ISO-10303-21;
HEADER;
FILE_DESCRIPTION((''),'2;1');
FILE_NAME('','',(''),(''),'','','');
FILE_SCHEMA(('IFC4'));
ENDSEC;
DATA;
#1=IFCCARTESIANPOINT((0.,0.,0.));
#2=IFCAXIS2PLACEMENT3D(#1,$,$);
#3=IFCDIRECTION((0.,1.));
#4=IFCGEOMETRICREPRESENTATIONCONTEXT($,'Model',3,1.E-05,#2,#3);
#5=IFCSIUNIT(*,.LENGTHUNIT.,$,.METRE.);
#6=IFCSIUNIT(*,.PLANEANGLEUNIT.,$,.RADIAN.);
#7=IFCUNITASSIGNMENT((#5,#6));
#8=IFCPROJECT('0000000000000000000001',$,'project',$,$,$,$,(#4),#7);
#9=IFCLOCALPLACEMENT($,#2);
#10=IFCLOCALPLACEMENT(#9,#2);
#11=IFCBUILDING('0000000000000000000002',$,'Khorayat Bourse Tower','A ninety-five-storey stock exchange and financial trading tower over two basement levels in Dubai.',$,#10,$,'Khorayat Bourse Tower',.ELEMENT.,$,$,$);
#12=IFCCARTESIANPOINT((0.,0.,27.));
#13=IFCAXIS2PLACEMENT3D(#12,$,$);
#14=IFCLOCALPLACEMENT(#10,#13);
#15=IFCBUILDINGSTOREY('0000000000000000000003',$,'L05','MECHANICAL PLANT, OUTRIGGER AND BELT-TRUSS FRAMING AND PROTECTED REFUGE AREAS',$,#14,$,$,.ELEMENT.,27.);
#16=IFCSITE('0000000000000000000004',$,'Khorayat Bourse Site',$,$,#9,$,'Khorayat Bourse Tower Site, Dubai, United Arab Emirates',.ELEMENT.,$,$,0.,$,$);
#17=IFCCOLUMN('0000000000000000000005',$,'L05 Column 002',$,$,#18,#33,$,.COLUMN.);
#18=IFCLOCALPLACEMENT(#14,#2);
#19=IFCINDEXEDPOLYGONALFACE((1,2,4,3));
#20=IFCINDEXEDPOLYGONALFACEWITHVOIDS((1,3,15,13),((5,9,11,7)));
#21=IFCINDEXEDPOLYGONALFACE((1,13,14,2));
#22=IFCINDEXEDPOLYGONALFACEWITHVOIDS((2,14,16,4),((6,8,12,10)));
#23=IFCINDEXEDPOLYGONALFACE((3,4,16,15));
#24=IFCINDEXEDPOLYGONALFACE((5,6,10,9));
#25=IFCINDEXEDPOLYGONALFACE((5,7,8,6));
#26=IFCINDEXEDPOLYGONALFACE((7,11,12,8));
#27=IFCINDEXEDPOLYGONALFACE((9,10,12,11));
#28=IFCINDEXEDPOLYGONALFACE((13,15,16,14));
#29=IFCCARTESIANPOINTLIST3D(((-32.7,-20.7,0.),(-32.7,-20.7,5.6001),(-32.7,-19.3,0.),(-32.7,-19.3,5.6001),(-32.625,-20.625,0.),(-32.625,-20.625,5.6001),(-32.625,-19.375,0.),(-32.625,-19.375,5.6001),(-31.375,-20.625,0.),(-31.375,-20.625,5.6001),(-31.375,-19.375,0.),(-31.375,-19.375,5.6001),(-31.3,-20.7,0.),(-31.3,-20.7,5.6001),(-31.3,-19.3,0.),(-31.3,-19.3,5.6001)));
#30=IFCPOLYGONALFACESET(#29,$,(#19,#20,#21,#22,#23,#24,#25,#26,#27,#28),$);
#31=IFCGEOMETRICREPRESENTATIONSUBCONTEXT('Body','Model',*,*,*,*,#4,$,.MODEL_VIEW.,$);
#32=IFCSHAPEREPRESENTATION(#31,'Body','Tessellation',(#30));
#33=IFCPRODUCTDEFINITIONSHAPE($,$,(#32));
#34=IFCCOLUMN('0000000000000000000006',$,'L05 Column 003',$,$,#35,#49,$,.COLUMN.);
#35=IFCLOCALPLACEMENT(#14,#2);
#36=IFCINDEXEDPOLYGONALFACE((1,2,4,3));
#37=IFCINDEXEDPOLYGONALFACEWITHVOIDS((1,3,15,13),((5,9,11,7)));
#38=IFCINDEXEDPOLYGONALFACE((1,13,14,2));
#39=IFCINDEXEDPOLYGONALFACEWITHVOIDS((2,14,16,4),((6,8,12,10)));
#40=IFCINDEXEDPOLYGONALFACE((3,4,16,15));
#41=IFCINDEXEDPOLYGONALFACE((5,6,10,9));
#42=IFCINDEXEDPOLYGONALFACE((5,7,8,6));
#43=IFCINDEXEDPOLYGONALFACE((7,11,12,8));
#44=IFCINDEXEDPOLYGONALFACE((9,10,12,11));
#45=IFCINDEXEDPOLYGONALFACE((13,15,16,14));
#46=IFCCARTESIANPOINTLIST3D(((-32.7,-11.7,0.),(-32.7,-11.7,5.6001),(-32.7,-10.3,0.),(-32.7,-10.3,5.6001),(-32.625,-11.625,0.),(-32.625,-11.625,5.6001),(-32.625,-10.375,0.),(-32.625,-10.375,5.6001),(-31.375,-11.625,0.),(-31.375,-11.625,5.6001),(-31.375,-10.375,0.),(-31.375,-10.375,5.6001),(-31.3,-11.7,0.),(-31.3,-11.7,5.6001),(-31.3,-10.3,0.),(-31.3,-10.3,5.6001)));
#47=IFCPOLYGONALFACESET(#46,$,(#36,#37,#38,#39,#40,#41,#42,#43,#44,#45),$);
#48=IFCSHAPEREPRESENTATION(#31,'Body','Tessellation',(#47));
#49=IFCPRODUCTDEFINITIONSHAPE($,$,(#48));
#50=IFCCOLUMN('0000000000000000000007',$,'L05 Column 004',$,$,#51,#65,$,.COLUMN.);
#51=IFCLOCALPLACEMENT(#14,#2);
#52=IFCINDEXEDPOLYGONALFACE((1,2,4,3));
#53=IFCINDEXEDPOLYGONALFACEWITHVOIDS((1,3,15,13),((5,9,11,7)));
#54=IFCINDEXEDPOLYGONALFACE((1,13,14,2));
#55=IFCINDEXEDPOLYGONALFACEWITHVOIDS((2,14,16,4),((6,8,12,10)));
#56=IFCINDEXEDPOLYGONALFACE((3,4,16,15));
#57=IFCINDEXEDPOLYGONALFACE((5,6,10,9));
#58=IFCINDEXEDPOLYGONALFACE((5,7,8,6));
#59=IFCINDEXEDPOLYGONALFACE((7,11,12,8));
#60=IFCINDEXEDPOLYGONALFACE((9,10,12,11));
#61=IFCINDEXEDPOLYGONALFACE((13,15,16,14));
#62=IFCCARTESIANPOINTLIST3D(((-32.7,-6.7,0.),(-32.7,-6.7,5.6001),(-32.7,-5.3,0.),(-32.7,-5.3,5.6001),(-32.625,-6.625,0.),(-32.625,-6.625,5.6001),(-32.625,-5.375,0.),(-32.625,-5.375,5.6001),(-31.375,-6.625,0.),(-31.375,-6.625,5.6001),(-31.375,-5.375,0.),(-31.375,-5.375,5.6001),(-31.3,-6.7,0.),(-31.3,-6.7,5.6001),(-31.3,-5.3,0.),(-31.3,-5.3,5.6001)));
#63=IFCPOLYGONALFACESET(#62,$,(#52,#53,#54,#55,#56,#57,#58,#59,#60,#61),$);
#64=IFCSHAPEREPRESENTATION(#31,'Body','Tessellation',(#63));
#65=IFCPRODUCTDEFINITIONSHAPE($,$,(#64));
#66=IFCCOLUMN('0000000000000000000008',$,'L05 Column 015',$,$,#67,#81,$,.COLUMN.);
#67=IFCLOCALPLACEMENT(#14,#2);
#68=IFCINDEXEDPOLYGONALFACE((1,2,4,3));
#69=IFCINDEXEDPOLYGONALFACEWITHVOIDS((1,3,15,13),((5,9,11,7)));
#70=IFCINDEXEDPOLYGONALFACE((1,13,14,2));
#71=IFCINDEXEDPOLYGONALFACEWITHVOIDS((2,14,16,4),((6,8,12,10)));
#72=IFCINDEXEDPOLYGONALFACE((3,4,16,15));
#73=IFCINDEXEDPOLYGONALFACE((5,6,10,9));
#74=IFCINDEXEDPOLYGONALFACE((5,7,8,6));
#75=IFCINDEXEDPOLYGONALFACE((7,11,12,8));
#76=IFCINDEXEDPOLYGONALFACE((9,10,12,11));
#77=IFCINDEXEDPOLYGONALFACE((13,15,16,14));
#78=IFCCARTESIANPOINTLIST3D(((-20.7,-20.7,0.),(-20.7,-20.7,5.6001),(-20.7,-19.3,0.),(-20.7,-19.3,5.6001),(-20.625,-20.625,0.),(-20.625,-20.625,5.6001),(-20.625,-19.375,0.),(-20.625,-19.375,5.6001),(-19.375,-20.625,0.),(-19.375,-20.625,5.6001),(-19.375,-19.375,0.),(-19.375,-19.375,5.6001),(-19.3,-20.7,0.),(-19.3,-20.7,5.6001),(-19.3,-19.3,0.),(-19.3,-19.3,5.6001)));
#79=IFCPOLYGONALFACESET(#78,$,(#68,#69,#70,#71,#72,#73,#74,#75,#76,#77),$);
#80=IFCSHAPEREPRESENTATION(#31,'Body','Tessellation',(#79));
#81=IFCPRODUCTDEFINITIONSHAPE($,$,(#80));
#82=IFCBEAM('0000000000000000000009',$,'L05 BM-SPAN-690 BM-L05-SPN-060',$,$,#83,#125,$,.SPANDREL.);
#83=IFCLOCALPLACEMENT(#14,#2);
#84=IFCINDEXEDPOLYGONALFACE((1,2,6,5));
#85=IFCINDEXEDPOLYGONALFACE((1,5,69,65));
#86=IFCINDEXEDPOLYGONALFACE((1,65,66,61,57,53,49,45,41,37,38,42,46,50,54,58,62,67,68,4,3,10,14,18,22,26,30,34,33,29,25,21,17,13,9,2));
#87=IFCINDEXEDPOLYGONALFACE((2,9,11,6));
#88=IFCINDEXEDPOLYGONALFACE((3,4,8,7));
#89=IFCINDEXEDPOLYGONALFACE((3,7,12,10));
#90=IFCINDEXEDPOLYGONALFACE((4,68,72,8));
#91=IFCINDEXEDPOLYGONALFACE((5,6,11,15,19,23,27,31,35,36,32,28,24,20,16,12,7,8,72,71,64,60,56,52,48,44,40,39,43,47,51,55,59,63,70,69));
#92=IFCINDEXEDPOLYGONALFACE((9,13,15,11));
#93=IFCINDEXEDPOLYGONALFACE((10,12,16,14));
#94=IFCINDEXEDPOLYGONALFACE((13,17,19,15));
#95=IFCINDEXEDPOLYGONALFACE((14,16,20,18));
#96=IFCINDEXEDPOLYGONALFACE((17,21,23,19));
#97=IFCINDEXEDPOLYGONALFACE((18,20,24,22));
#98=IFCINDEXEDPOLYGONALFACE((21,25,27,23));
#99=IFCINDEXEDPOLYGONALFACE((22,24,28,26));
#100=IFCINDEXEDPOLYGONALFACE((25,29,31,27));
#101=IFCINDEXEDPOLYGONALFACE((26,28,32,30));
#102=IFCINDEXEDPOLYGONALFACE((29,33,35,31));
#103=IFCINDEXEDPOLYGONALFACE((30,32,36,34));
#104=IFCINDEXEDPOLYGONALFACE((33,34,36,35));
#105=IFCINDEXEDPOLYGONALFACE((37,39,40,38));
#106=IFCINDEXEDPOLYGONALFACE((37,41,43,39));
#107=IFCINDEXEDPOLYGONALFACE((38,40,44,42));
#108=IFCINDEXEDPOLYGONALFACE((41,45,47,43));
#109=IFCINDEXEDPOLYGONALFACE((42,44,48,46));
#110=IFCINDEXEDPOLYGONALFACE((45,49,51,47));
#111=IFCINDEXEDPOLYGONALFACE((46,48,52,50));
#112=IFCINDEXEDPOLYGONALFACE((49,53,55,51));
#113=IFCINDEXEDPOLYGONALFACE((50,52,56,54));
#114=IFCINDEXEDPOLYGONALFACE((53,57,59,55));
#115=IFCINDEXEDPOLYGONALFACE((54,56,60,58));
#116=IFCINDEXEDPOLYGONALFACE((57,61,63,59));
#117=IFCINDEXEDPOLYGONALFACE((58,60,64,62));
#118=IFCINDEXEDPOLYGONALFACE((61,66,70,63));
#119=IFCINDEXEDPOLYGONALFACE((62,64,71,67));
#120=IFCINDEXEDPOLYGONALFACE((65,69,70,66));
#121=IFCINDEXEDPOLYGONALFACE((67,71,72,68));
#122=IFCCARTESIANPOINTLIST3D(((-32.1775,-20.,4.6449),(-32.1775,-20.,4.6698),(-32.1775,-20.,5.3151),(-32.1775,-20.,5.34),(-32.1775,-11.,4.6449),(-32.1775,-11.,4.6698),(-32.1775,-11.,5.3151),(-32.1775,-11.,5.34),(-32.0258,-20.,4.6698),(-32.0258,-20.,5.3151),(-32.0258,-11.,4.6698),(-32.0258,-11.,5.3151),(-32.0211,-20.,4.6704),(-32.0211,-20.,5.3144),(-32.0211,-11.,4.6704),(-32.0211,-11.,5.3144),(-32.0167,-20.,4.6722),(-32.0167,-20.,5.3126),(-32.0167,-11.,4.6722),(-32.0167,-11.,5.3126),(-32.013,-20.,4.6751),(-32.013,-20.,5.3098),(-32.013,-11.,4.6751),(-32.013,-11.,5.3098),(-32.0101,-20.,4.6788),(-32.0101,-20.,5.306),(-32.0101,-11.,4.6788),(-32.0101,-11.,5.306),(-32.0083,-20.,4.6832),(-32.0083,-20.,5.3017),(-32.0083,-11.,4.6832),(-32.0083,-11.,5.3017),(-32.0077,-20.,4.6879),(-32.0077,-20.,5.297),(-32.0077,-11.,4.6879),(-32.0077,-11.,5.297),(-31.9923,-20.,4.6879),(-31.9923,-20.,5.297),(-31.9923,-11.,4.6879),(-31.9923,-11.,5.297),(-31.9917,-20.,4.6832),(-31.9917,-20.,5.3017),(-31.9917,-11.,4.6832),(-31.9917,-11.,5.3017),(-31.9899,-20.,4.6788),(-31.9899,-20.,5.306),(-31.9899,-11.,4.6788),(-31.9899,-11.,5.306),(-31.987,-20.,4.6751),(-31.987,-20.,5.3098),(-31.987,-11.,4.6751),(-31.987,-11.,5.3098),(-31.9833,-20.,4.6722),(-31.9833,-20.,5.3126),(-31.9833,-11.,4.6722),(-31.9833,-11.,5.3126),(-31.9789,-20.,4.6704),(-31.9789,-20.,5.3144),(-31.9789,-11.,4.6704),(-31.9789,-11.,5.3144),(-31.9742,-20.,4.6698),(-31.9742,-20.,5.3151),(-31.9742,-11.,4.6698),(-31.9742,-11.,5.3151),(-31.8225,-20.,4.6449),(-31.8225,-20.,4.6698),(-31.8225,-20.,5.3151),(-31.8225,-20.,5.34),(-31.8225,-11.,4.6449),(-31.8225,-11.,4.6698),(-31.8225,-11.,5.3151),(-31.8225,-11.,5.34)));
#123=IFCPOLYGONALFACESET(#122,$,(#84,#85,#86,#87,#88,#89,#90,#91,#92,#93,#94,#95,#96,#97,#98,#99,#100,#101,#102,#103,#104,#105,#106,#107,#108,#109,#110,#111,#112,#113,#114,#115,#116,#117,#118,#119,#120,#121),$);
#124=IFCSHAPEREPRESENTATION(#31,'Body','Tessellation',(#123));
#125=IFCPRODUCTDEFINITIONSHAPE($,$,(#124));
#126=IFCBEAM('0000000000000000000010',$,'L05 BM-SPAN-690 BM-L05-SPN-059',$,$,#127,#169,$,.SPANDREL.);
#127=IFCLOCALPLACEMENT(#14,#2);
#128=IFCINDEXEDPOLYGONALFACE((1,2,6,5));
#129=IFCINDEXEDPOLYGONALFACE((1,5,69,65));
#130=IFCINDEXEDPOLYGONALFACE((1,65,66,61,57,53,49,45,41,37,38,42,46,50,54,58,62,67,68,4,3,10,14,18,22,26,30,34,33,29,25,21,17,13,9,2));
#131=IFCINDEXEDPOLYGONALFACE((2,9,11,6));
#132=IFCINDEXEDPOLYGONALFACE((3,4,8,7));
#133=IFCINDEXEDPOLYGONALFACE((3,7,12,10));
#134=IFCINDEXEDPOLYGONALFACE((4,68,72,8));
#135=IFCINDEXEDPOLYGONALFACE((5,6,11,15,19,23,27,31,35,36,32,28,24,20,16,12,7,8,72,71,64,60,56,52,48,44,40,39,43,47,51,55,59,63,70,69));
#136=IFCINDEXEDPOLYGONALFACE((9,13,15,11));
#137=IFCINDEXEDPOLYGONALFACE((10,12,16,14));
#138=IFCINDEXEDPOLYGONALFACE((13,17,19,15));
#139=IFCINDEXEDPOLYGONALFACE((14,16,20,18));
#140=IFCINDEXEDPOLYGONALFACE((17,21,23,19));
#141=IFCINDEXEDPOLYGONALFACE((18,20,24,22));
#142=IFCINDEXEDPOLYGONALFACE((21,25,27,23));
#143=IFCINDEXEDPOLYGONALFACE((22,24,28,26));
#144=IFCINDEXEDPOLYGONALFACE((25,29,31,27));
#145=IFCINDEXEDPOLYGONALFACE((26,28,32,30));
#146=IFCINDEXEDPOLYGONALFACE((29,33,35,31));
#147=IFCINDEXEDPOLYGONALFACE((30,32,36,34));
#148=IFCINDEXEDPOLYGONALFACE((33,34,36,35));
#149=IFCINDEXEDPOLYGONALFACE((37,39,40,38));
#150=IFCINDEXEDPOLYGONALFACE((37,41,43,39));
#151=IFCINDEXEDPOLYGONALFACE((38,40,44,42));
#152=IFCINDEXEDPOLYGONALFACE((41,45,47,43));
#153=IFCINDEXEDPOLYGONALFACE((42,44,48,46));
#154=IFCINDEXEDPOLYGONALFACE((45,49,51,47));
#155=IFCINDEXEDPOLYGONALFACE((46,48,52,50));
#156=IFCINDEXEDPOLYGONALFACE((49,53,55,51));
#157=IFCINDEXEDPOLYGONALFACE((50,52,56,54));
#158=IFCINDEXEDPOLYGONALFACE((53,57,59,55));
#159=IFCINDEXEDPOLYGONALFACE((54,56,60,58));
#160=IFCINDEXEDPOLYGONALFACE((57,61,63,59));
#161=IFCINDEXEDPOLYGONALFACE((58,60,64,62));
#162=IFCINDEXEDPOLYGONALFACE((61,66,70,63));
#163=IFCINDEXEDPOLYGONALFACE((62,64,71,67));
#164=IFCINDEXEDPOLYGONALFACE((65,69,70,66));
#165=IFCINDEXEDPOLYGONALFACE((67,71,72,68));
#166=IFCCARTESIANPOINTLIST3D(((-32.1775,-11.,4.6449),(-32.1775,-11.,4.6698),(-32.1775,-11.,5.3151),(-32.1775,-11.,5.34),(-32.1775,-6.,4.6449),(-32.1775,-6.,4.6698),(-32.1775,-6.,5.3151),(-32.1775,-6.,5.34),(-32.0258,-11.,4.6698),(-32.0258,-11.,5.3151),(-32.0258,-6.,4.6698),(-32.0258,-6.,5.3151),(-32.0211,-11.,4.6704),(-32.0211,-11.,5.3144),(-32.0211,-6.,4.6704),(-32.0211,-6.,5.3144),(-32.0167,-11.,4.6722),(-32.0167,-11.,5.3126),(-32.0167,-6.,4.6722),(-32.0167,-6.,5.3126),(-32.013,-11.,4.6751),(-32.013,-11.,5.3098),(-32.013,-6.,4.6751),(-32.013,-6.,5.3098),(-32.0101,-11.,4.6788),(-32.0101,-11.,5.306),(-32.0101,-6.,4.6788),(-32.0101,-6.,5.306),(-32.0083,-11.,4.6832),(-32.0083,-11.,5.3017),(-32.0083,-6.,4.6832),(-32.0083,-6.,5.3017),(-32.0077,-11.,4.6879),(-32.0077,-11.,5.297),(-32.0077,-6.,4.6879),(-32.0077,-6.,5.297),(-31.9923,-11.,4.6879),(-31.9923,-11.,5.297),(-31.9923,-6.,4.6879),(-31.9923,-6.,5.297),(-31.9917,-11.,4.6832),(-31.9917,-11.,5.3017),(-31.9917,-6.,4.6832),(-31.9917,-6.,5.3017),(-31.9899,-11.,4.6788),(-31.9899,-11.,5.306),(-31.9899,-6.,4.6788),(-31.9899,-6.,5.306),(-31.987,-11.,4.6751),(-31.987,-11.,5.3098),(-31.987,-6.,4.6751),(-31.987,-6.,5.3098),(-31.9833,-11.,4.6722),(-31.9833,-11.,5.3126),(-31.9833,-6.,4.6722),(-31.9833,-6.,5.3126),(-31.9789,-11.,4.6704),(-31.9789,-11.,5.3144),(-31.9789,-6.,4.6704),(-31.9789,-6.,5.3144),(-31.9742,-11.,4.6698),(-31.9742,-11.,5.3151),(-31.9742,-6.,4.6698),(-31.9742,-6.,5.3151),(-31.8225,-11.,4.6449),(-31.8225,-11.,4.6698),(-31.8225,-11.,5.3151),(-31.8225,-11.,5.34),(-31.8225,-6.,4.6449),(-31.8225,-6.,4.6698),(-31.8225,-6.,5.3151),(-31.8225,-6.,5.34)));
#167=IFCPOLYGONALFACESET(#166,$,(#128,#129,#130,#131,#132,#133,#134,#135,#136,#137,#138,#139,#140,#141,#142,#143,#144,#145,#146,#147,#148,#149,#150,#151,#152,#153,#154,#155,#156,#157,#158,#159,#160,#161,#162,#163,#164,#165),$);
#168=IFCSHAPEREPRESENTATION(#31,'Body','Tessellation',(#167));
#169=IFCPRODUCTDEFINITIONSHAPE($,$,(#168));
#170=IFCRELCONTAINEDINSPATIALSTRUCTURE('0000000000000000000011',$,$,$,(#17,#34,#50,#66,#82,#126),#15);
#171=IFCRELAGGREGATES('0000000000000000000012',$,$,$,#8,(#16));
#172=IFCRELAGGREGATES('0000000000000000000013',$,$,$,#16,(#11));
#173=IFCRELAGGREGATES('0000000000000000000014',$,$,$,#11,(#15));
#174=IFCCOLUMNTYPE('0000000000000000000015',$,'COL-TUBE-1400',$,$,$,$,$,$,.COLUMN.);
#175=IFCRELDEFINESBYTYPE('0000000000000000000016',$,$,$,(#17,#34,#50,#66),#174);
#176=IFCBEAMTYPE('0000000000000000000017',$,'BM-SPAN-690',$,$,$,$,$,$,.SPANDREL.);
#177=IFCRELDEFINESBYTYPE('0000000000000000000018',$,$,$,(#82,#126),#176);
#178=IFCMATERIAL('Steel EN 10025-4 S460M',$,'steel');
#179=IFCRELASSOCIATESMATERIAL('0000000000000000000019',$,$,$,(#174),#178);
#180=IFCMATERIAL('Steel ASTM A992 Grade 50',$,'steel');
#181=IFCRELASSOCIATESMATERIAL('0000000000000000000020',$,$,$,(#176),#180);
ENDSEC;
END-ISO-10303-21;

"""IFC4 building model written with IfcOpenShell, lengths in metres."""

from ifc_helpers import new_model, si_unit, direction, frame, origin, origin_2d, place, context, subcontext, project, spatial, hollow_rectangle, i_section, extrude, source, transform, mapped, material, material_profile, profile_set, type_object, element, save


model = new_model("IFC4")

# Units and contexts
model_context = context("Model", 3, precision=1e-05, world=origin(), true_north=direction((0.0, 1.0)))
body_context = subcontext(model_context, "Body", "Model", "MODEL_VIEW")
ifc_project = project(units=[si_unit("LENGTHUNIT", "METRE"), si_unit("PLANEANGLEUNIT", "RADIAN")], contexts=[model_context])

# Site, building, storey
site_placement = place(None, origin())
site = spatial("IfcSite", under=ifc_project, at=site_placement, Name="Khorayat Bourse Site", LongName="Khorayat Bourse Tower Site, Dubai, United Arab Emirates", CompositionType="ELEMENT", RefElevation=0.0)
building_placement = place(site_placement, origin())
building = spatial("IfcBuilding", under=site, at=building_placement, Name="Khorayat Bourse Tower", Description="A ninety-five-storey stock exchange and financial trading tower over two basement levels in Dubai.", LongName="Khorayat Bourse Tower", CompositionType="ELEMENT")
storey_placement = place(building_placement, frame((0.0, 0.0, 27.0)))
storey = spatial("IfcBuildingStorey", under=building, at=storey_placement, Name="L05", Description="MECHANICAL PLANT, OUTRIGGER AND BELT-TRUSS FRAMING AND PROTECTED REFUGE AREAS", CompositionType="ELEMENT", Elevation=27.0)

# Columns
ifc_material_1 = material(Name="Steel EN 10025-4 S460M", Category="steel")
ifc_material_profile_1 = material_profile(ifc_material_1, hollow_rectangle(XDim=1.3999, YDim=1.3999, WallThickness=0.075, at=origin_2d()), Name="BOX 1400x1400x75")
ifc_profile_set_1 = profile_set([ifc_material_profile_1], Name="Steel EN 10025-4 S460M")
column_type = type_object("IfcColumnType", Name="COL-TUBE-1400", PredefinedType="COLUMN", material=ifc_profile_set_1)
shared_shape_1 = source(origin(), body_context, "Body", "SweptSolid", [
    extrude(hollow_rectangle(XDim=1.3999, YDim=1.3999, WallThickness=0.075, at=origin_2d()), origin(), (0.0, 0.0, 1.0), 5.6001),
])
for number, where, z_axis, x_axis, name in (
    (1, (-32.0, -20.0, 0.0), (0.0, 0.0, 1.0), (1.0, 0.0, 0.0), "L05 Column 002"),
    (2, (-32.0, -11.0, 0.0), (0.0, 0.0, 1.0), (1.0, 0.0, 0.0), "L05 Column 003"),
    (3, (-32.0, -6.0, 0.0), (0.0, 0.0, 1.0), (1.0, 0.0, 0.0), "L05 Column 004"),
    (4, (-20.0, -20.0, 0.0), (0.0, 0.0, 1.0), (1.0, 0.0, 0.0), "L05 Column 015"),
):
    element("IfcColumn", number, at=place(storey_placement, frame(where, z_axis=z_axis, x_axis=x_axis)), inside=storey, type_object=column_type, Name=name, PredefinedType="COLUMN", context=body_context, shape_type="MappedRepresentation", body=[
        mapped(shared_shape_1, transform((0.0, 0.0, 0.0), scale=1.0)),
    ])

# Beams
ifc_material_2 = material(Name="Steel ASTM A992 Grade 50", Category="steel")
ifc_material_profile_2 = material_profile(ifc_material_2, i_section(OverallWidth=0.355, OverallDepth=0.6951, WebThickness=0.0154, FlangeThickness=0.0249, FilletRadius=0.0181, at=origin_2d()), Name="W690X217")
ifc_profile_set_2 = profile_set([ifc_material_profile_2], Name="Steel ASTM A992 Grade 50")
beam_type_1 = type_object("IfcBeamType", Name="BM-SPAN-690", PredefinedType="SPANDREL", material=ifc_profile_set_2)
shared_shape_2 = source(origin(), body_context, "Body", "SweptSolid", [
    extrude(i_section(OverallWidth=0.355, OverallDepth=0.6951, WebThickness=0.0154, FlangeThickness=0.0249, FilletRadius=0.0181, at=origin_2d()), origin(), (0.0, 0.0, 1.0), 9.0),
])
beam_1_placement = place(storey_placement, frame((-32.0, -20.0, 4.9924), z_axis=(0.0, 1.0, 0.0), x_axis=(-1.0, 0.0, 0.0)))
element("IfcBeam", 5, at=beam_1_placement, inside=storey, type_object=beam_type_1, Name="L05 BM-SPAN-690 BM-L05-SPN-060", PredefinedType="SPANDREL", context=body_context, shape_type="MappedRepresentation", body=[
    mapped(shared_shape_2, transform((0.0, 0.0, 0.0), scale=1.0)),
])
shared_shape_3 = source(origin(), body_context, "Body", "SweptSolid", [
    extrude(i_section(OverallWidth=0.355, OverallDepth=0.6951, WebThickness=0.0154, FlangeThickness=0.0249, FilletRadius=0.0181, at=origin_2d()), origin(), (0.0, 0.0, 1.0), 5.0),
])
beam_2_placement = place(storey_placement, frame((-32.0, -11.0, 4.9924), z_axis=(0.0, 1.0, 0.0), x_axis=(-1.0, 0.0, 0.0)))
element("IfcBeam", 6, at=beam_2_placement, inside=storey, type_object=beam_type_1, Name="L05 BM-SPAN-690 BM-L05-SPN-059", PredefinedType="SPANDREL", context=body_context, shape_type="MappedRepresentation", body=[
    mapped(shared_shape_3, transform((0.0, 0.0, 0.0), scale=1.0)),
])

save(model, "model.ifc")
